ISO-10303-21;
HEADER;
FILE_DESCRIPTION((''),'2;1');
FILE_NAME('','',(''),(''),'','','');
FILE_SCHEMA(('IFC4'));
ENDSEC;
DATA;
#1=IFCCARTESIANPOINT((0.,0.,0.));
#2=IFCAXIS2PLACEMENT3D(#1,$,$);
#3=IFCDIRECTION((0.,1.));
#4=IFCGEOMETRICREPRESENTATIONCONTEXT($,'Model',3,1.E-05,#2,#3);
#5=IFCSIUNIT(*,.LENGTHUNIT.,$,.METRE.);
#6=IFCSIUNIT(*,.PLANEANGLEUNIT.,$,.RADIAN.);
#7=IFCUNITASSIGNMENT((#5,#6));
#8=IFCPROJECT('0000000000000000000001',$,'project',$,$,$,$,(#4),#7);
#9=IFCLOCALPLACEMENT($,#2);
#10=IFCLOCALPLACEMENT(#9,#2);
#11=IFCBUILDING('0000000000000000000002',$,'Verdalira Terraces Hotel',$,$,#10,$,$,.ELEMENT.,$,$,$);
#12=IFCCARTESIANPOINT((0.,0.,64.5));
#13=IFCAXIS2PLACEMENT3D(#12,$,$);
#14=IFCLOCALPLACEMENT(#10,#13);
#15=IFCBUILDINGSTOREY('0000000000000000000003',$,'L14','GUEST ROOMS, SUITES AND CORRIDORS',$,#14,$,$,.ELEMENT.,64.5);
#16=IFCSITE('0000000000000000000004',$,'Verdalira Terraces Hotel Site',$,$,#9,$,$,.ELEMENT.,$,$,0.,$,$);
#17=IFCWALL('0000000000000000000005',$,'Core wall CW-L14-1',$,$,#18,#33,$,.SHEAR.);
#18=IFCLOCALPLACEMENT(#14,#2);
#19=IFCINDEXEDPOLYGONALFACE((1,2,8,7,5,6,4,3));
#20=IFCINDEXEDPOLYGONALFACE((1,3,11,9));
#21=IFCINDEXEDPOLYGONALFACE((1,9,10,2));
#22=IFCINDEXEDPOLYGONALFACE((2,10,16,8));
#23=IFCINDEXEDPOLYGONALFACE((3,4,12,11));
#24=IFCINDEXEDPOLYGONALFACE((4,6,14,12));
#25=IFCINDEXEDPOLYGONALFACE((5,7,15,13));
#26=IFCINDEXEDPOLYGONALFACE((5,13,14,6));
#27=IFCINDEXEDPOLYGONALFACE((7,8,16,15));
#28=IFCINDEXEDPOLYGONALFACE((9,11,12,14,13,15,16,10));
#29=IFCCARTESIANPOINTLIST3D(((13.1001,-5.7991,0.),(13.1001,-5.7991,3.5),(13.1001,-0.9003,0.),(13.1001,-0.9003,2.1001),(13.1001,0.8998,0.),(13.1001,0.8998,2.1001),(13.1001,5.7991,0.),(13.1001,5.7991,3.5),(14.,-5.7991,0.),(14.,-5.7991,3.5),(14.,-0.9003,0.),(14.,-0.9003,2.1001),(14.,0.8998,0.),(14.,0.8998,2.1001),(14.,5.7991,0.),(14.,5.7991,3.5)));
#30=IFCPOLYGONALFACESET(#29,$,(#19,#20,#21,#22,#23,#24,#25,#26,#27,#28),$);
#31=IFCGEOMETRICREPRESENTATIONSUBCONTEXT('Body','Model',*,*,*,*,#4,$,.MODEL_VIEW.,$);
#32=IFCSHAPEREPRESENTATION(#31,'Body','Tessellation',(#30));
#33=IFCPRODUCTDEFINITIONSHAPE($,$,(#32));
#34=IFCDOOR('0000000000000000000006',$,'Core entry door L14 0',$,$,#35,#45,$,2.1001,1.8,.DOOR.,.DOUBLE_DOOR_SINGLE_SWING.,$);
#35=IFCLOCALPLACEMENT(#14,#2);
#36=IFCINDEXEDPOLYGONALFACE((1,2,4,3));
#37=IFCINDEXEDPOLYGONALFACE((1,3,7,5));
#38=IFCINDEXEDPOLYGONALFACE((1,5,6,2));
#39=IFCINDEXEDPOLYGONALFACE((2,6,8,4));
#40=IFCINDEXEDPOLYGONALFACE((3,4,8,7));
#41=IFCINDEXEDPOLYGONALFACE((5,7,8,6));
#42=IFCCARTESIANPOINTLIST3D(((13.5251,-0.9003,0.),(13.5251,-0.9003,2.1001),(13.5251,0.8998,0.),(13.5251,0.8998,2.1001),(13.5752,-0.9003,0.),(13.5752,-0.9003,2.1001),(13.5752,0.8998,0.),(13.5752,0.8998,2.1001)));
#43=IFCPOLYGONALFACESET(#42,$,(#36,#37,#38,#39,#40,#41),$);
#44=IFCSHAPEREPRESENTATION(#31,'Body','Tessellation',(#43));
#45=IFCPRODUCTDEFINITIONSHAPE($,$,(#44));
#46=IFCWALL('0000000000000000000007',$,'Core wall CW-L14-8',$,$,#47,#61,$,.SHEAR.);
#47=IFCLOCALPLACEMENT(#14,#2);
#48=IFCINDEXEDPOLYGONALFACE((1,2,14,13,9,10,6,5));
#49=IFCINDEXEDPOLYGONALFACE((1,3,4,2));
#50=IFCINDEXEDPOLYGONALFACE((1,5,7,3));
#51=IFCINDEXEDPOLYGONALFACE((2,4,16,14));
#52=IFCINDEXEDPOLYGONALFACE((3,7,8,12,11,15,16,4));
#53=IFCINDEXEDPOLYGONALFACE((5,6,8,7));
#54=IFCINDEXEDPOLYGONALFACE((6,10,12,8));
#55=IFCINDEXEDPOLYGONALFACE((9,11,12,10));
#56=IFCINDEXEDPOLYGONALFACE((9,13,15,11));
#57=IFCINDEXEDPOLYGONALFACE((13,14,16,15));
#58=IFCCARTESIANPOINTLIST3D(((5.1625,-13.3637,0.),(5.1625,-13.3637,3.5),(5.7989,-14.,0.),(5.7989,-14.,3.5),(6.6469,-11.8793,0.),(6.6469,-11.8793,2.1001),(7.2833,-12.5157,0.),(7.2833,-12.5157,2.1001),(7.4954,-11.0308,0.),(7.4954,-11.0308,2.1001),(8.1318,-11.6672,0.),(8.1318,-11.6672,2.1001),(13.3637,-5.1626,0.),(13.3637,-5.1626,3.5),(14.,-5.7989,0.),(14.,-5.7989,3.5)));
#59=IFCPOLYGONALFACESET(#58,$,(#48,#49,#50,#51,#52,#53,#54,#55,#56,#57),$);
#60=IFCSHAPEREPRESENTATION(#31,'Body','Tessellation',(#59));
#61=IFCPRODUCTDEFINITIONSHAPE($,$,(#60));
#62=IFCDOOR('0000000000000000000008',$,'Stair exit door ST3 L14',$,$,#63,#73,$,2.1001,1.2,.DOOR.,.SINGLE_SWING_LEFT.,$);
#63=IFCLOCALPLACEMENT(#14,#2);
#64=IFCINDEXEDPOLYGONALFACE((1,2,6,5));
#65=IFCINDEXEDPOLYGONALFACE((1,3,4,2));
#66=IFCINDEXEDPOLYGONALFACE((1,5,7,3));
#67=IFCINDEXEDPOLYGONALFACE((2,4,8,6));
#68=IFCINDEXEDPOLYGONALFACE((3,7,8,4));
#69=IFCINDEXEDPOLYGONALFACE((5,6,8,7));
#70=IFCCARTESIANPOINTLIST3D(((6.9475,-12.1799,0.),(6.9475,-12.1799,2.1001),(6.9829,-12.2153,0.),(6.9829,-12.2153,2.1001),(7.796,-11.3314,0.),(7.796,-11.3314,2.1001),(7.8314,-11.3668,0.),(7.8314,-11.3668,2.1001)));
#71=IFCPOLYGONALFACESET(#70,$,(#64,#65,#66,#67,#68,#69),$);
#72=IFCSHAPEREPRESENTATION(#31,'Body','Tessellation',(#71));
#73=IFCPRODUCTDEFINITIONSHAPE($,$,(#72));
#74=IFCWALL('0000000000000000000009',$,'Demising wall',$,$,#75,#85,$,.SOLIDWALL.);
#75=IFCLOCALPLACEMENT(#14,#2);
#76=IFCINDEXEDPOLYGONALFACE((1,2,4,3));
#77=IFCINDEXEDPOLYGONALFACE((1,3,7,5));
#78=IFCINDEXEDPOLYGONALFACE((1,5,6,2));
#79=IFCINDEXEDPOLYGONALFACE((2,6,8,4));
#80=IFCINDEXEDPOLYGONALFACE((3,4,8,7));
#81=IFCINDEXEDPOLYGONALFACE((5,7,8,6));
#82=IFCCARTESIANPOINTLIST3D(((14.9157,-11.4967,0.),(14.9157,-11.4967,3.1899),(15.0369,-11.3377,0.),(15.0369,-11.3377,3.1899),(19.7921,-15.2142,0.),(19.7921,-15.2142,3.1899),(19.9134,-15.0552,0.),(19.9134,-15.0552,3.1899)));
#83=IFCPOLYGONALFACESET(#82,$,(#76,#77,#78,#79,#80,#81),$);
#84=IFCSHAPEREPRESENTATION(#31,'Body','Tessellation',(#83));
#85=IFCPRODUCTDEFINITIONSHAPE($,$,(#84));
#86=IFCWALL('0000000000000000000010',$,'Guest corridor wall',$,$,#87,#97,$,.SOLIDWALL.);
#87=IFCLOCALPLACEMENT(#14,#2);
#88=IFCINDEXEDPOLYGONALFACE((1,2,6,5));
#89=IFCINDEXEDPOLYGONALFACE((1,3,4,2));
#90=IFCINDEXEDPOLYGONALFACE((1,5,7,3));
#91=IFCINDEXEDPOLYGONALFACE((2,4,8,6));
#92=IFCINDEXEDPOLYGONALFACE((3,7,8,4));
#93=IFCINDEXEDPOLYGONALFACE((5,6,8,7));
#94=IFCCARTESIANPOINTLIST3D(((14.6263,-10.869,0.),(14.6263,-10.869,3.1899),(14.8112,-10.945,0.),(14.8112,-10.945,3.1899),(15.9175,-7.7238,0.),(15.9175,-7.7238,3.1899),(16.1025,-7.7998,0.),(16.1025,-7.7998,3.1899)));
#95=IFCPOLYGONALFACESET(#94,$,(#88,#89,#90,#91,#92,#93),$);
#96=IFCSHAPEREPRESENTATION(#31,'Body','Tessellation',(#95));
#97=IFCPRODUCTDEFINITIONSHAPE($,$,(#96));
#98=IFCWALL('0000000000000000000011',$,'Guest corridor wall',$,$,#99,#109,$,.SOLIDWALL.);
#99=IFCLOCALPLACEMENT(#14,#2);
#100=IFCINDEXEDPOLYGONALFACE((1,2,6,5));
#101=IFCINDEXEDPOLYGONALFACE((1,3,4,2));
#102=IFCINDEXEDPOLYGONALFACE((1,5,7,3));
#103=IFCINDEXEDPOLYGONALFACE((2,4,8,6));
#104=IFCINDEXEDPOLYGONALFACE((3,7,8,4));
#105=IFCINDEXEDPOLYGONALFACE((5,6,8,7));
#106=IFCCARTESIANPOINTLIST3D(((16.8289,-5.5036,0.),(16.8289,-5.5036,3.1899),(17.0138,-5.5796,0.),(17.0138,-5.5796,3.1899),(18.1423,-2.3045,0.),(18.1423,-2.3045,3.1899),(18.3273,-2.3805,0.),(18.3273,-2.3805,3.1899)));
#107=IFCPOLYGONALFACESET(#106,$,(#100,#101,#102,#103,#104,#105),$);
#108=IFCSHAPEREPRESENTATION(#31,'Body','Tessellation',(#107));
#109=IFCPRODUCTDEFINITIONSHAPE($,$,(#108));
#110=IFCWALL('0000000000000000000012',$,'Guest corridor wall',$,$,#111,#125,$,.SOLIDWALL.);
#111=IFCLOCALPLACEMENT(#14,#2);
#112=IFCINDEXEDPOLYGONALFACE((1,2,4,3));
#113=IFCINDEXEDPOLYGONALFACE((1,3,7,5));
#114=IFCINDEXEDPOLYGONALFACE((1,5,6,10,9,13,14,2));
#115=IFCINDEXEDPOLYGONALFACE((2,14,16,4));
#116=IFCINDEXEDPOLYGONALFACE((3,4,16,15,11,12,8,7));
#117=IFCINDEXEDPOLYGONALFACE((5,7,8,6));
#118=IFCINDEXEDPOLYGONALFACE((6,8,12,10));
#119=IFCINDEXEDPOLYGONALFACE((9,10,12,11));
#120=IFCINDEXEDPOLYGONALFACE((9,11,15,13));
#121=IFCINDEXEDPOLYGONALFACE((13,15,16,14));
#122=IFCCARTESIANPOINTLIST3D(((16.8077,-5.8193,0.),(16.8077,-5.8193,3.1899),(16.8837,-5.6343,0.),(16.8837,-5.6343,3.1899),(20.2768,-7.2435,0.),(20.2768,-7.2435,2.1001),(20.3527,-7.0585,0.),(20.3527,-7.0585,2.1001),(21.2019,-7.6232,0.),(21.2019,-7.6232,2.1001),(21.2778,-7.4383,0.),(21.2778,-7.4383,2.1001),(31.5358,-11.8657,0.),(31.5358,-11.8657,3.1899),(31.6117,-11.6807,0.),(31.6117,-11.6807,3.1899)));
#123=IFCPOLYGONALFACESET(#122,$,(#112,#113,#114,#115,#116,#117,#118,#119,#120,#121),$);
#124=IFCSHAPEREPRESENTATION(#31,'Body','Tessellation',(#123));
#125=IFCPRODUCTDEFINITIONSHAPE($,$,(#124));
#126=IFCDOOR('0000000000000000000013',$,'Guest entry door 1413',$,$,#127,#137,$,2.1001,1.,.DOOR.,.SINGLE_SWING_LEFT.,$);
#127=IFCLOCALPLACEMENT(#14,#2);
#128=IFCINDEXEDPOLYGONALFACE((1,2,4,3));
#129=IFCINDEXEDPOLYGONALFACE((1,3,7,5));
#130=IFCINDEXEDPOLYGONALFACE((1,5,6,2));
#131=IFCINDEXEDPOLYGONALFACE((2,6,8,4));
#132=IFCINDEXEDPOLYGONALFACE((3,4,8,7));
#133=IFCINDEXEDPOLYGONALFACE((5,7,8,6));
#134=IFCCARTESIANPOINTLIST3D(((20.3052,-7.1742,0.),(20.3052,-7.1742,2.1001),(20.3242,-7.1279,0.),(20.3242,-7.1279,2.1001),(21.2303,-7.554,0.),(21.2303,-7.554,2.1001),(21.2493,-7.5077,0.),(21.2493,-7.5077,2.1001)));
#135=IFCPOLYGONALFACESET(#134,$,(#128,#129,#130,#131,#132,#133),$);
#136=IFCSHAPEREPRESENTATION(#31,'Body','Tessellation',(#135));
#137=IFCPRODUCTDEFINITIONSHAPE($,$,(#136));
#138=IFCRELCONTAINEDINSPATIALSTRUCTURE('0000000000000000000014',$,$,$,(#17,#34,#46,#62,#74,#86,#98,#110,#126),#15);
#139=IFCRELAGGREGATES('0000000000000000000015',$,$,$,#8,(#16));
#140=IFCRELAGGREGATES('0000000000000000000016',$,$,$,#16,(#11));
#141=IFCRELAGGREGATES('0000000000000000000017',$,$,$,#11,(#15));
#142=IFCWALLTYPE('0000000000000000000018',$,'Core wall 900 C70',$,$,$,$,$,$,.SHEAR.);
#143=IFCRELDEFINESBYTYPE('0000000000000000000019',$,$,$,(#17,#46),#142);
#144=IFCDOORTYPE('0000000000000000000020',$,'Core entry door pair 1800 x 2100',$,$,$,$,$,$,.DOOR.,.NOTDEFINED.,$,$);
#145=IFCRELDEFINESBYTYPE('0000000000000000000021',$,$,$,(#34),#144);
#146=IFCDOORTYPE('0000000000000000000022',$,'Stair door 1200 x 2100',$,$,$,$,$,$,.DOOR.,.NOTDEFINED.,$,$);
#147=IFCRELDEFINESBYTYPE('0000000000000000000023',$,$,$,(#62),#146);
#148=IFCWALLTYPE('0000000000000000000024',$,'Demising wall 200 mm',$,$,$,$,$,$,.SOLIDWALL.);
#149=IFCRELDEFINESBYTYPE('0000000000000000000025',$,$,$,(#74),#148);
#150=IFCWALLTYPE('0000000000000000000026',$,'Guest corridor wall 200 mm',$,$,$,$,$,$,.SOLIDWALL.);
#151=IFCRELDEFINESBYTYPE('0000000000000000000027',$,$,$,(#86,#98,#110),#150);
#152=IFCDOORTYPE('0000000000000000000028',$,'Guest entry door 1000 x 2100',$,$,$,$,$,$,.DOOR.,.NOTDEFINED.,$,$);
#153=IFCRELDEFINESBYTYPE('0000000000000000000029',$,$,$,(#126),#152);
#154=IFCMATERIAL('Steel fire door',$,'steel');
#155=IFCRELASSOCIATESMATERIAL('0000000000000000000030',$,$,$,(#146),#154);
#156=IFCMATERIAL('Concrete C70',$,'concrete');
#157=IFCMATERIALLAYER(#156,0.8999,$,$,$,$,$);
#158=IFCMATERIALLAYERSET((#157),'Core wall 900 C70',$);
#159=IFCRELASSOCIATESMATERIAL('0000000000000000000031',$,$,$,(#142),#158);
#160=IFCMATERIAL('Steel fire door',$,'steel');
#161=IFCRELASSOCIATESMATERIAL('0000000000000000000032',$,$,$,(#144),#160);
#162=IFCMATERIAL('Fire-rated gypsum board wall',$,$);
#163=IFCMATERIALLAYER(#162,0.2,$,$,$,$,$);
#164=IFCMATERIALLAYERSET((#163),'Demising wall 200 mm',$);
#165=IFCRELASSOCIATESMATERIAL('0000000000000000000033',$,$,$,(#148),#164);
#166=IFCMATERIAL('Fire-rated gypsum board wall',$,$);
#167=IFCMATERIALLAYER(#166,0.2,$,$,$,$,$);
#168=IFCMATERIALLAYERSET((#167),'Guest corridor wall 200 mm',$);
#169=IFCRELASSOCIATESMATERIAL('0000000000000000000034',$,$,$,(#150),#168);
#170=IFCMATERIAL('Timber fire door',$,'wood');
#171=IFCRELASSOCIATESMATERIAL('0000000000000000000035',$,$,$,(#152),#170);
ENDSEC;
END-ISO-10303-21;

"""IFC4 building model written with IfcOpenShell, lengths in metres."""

from ifc_helpers import new_model, si_unit, direction, frame, frame_2d, origin, place, context, subcontext, project, spatial, rectangle, extrude, material, layer, layer_set, type_object, element, fill, save


model = new_model("IFC4")

# Units and contexts
model_context = context("Model", 3, precision=1e-05, world=origin(), true_north=direction((0.0, 1.0)))
body_context = subcontext(model_context, "Body", "Model", "MODEL_VIEW")
ifc_project = project(units=[si_unit("LENGTHUNIT", "METRE"), si_unit("PLANEANGLEUNIT", "RADIAN")], contexts=[model_context])

# Site, building, storey
site_placement = place(None, origin())
site = spatial("IfcSite", under=ifc_project, at=site_placement, Name="Verdalira Terraces Hotel Site", CompositionType="ELEMENT", RefElevation=0.0)
building_placement = place(site_placement, origin())
building = spatial("IfcBuilding", under=site, at=building_placement, Name="Verdalira Terraces Hotel", CompositionType="ELEMENT")
storey_placement = place(building_placement, frame((0.0, 0.0, 64.5)))
storey = spatial("IfcBuildingStorey", under=building, at=storey_placement, Name="L14", Description="GUEST ROOMS, SUITES AND CORRIDORS", CompositionType="ELEMENT", Elevation=64.5)

# Shared definitions
ifc_material_1 = material(Name="Steel fire door", Category="steel")
door_type_1 = type_object("IfcDoorType", Name="Stair door 1200 x 2100", OperationType="NOTDEFINED", PredefinedType="DOOR", material=ifc_material_1)

# Walls, openings, doors
ifc_material_2 = material(Name="Concrete C70", Category="concrete")
ifc_layer_1 = layer(ifc_material_2, 0.8999)
ifc_layer_set_1 = layer_set([ifc_layer_1], Name="Core wall 900 C70")
wall_type_1 = type_object("IfcWallType", Name="Core wall 900 C70", PredefinedType="SHEAR", material=ifc_layer_set_1)
wall_1_placement = place(storey_placement, frame((13.55, -5.7991, 0.0), z_axis=(0.0, 0.0, 1.0), x_axis=(0.0, 1.0, 0.0)))
wall_1 = element("IfcWall", 1, at=wall_1_placement, inside=storey, type_object=wall_type_1, Name="Core wall CW-L14-1", PredefinedType="SHEAR", context=body_context, shape_type="SweptSolid", body=[
    extrude(rectangle(XDim=11.5981, YDim=0.8999, at=frame_2d((5.7991, 0.0))), origin(), (0.0, 0.0, 1.0), 3.5),
])
opening_1_placement = place(wall_1_placement, frame((4.8989, 0.0, 0.0)))
opening_1 = element("IfcOpeningElement", 2, at=opening_1_placement, cuts=wall_1, PredefinedType="OPENING", context=body_context, shape_type="SweptSolid", body=[
    extrude(rectangle(XDim=1.8, YDim=2.1001, at=frame_2d((0.8999, 1.05))), frame((0.0, 0.46, 0.0), z_axis=(0.0, -1.0, 0.0), x_axis=(1.0, 0.0, 0.0)), (0.0, 0.0, 1.0), 0.9199),
])
ifc_material_3 = material(Name="Steel fire door", Category="steel")
door_type_2 = type_object("IfcDoorType", Name="Core entry door pair 1800 x 2100", OperationType="NOTDEFINED", PredefinedType="DOOR", material=ifc_material_3)
door_1_placement = place(opening_1_placement, origin())
door_1 = element("IfcDoor", 3, at=door_1_placement, inside=storey, type_object=door_type_2, Name="Core entry door L14 0", OperationType="DOUBLE_DOOR_SINGLE_SWING", OverallHeight=2.1001, OverallWidth=1.8, PredefinedType="DOOR", context=body_context, shape_type="SweptSolid", body=[
    extrude(rectangle(XDim=1.8, YDim=2.1001, at=frame_2d((0.8999, 1.05))), frame((0.0, 0.0249, 0.0), z_axis=(0.0, -1.0, 0.0), x_axis=(1.0, 0.0, 0.0)), (0.0, 0.0, 1.0), 0.05),
])
fill(opening_1, door_1)
wall_2_placement = place(storey_placement, frame((5.4807, -13.6819, 0.0), z_axis=(0.0, 0.0, 1.0), x_axis=(0.707107, 0.707107, 0.0)))
wall_2 = element("IfcWall", 4, at=wall_2_placement, inside=storey, type_object=wall_type_1, Name="Core wall CW-L14-8", PredefinedType="SHEAR", context=body_context, shape_type="SweptSolid", body=[
    extrude(rectangle(XDim=11.5981, YDim=0.8999, at=frame_2d((5.7991, 0.0))), origin(), (0.0, 0.0, 1.0), 3.5),
])
opening_2_placement = place(wall_2_placement, frame((2.0991, 0.0, 0.0)))
opening_2 = element("IfcOpeningElement", 5, at=opening_2_placement, cuts=wall_2, PredefinedType="OPENING", context=body_context, shape_type="SweptSolid", body=[
    extrude(rectangle(XDim=1.2, YDim=2.1001, at=frame_2d((0.6001, 1.05))), frame((0.0, 0.46, 0.0), z_axis=(0.0, -1.0, 0.0), x_axis=(1.0, 0.0, 0.0)), (0.0, 0.0, 1.0), 0.9199),
])
door_2_placement = place(opening_2_placement, origin())
door_2 = element("IfcDoor", 6, at=door_2_placement, inside=storey, type_object=door_type_1, Name="Stair exit door ST3 L14", OperationType="SINGLE_SWING_LEFT", OverallHeight=2.1001, OverallWidth=1.2, PredefinedType="DOOR", context=body_context, shape_type="SweptSolid", body=[
    extrude(rectangle(XDim=1.2, YDim=2.1001, at=frame_2d((0.6001, 1.05))), frame((0.0, 0.0249, 0.0), z_axis=(0.0, -1.0, 0.0), x_axis=(1.0, 0.0, 0.0)), (0.0, 0.0, 1.0), 0.05),
])
fill(opening_2, door_2)

# Walls
ifc_material_4 = material(Name="Fire-rated gypsum board wall")
ifc_layer_2 = layer(ifc_material_4, 0.2)
ifc_layer_set_2 = layer_set([ifc_layer_2], Name="Demising wall 200 mm")
wall_type_2 = type_object("IfcWallType", Name="Demising wall 200 mm", PredefinedType="SOLIDWALL", material=ifc_layer_set_2)
wall_3_placement = place(storey_placement, frame((14.9763, -11.4172, 0.0), z_axis=(0.0, 0.0, 1.0), x_axis=(0.795264, -0.606263, 0.0)))
element("IfcWall", 7, at=wall_3_placement, inside=storey, type_object=wall_type_2, Name="Demising wall", PredefinedType="SOLIDWALL", context=body_context, shape_type="SweptSolid", body=[
    extrude(rectangle(XDim=6.1318, YDim=0.2, at=frame_2d((3.0659, 0.0))), origin(), (0.0, 0.0, 1.0), 3.1899),
])
ifc_material_5 = material(Name="Fire-rated gypsum board wall")
ifc_layer_3 = layer(ifc_material_5, 0.2)
ifc_layer_set_3 = layer_set([ifc_layer_3], Name="Guest corridor wall 200 mm")
wall_type_3 = type_object("IfcWallType", Name="Guest corridor wall 200 mm", PredefinedType="SOLIDWALL", material=ifc_layer_set_3)
wall_4_placement = place(storey_placement, frame((14.7188, -10.907, 0.0), z_axis=(0.0, 0.0, 1.0), x_axis=(0.379782, 0.925076, 0.0)))
element("IfcWall", 8, at=wall_4_placement, inside=storey, type_object=wall_type_3, Name="Guest corridor wall", PredefinedType="SOLIDWALL", context=body_context, shape_type="SweptSolid", body=[
    extrude(rectangle(XDim=3.3999, YDim=0.2, at=frame_2d((1.7, 0.0))), origin(), (0.0, 0.0, 1.0), 3.1899),
])
wall_5_placement = place(storey_placement, frame((16.9214, -5.5415, 0.0), z_axis=(0.0, 0.0, 1.0), x_axis=(0.379798, 0.925069, 0.0)))
element("IfcWall", 9, at=wall_5_placement, inside=storey, type_object=wall_type_3, Name="Guest corridor wall", PredefinedType="SOLIDWALL", context=body_context, shape_type="SweptSolid", body=[
    extrude(rectangle(XDim=3.4583, YDim=0.2, at=frame_2d((1.729, 0.0))), origin(), (0.0, 0.0, 1.0), 3.1899),
])

# Wall, opening, door
wall_6_placement = place(storey_placement, frame((16.8457, -5.7268, 0.0), z_axis=(0.0, 0.0, 1.0), x_axis=(0.925078, -0.379778, 0.0)))
wall_6 = element("IfcWall", 10, at=wall_6_placement, inside=storey, type_object=wall_type_3, Name="Guest corridor wall", PredefinedType="SOLIDWALL", context=body_context, shape_type="SweptSolid", body=[
    extrude(rectangle(XDim=15.9209, YDim=0.2, at=frame_2d((7.9604, 0.0))), origin(), (0.0, 0.0, 1.0), 3.1899),
])
opening_3_placement = place(wall_6_placement, frame((3.75, 0.0, 0.0)))
opening_3 = element("IfcOpeningElement", 11, at=opening_3_placement, cuts=wall_6, PredefinedType="OPENING", context=body_context, shape_type="SweptSolid", body=[
    extrude(rectangle(XDim=1.0, YDim=2.1001, at=frame_2d((0.5, 1.05))), frame((0.0, 0.1099, 0.0), z_axis=(0.0, -1.0, 0.0), x_axis=(1.0, 0.0, 0.0)), (0.0, 0.0, 1.0), 0.22),
])
ifc_material_6 = material(Name="Timber fire door", Category="wood")
door_type_3 = type_object("IfcDoorType", Name="Guest entry door 1000 x 2100", OperationType="NOTDEFINED", PredefinedType="DOOR", material=ifc_material_6)
door_3_placement = place(opening_3_placement, origin())
door_3 = element("IfcDoor", 12, at=door_3_placement, inside=storey, type_object=door_type_3, Name="Guest entry door 1413", OperationType="SINGLE_SWING_LEFT", OverallHeight=2.1001, OverallWidth=1.0, PredefinedType="DOOR", context=body_context, shape_type="SweptSolid", body=[
    extrude(rectangle(XDim=1.0, YDim=2.1001, at=frame_2d((0.5, 1.05))), frame((0.0, 0.0249, 0.0), z_axis=(0.0, -1.0, 0.0), x_axis=(1.0, 0.0, 0.0)), (0.0, 0.0, 1.0), 0.05),
])
fill(opening_3, door_3)

save(model, "model.ifc")
